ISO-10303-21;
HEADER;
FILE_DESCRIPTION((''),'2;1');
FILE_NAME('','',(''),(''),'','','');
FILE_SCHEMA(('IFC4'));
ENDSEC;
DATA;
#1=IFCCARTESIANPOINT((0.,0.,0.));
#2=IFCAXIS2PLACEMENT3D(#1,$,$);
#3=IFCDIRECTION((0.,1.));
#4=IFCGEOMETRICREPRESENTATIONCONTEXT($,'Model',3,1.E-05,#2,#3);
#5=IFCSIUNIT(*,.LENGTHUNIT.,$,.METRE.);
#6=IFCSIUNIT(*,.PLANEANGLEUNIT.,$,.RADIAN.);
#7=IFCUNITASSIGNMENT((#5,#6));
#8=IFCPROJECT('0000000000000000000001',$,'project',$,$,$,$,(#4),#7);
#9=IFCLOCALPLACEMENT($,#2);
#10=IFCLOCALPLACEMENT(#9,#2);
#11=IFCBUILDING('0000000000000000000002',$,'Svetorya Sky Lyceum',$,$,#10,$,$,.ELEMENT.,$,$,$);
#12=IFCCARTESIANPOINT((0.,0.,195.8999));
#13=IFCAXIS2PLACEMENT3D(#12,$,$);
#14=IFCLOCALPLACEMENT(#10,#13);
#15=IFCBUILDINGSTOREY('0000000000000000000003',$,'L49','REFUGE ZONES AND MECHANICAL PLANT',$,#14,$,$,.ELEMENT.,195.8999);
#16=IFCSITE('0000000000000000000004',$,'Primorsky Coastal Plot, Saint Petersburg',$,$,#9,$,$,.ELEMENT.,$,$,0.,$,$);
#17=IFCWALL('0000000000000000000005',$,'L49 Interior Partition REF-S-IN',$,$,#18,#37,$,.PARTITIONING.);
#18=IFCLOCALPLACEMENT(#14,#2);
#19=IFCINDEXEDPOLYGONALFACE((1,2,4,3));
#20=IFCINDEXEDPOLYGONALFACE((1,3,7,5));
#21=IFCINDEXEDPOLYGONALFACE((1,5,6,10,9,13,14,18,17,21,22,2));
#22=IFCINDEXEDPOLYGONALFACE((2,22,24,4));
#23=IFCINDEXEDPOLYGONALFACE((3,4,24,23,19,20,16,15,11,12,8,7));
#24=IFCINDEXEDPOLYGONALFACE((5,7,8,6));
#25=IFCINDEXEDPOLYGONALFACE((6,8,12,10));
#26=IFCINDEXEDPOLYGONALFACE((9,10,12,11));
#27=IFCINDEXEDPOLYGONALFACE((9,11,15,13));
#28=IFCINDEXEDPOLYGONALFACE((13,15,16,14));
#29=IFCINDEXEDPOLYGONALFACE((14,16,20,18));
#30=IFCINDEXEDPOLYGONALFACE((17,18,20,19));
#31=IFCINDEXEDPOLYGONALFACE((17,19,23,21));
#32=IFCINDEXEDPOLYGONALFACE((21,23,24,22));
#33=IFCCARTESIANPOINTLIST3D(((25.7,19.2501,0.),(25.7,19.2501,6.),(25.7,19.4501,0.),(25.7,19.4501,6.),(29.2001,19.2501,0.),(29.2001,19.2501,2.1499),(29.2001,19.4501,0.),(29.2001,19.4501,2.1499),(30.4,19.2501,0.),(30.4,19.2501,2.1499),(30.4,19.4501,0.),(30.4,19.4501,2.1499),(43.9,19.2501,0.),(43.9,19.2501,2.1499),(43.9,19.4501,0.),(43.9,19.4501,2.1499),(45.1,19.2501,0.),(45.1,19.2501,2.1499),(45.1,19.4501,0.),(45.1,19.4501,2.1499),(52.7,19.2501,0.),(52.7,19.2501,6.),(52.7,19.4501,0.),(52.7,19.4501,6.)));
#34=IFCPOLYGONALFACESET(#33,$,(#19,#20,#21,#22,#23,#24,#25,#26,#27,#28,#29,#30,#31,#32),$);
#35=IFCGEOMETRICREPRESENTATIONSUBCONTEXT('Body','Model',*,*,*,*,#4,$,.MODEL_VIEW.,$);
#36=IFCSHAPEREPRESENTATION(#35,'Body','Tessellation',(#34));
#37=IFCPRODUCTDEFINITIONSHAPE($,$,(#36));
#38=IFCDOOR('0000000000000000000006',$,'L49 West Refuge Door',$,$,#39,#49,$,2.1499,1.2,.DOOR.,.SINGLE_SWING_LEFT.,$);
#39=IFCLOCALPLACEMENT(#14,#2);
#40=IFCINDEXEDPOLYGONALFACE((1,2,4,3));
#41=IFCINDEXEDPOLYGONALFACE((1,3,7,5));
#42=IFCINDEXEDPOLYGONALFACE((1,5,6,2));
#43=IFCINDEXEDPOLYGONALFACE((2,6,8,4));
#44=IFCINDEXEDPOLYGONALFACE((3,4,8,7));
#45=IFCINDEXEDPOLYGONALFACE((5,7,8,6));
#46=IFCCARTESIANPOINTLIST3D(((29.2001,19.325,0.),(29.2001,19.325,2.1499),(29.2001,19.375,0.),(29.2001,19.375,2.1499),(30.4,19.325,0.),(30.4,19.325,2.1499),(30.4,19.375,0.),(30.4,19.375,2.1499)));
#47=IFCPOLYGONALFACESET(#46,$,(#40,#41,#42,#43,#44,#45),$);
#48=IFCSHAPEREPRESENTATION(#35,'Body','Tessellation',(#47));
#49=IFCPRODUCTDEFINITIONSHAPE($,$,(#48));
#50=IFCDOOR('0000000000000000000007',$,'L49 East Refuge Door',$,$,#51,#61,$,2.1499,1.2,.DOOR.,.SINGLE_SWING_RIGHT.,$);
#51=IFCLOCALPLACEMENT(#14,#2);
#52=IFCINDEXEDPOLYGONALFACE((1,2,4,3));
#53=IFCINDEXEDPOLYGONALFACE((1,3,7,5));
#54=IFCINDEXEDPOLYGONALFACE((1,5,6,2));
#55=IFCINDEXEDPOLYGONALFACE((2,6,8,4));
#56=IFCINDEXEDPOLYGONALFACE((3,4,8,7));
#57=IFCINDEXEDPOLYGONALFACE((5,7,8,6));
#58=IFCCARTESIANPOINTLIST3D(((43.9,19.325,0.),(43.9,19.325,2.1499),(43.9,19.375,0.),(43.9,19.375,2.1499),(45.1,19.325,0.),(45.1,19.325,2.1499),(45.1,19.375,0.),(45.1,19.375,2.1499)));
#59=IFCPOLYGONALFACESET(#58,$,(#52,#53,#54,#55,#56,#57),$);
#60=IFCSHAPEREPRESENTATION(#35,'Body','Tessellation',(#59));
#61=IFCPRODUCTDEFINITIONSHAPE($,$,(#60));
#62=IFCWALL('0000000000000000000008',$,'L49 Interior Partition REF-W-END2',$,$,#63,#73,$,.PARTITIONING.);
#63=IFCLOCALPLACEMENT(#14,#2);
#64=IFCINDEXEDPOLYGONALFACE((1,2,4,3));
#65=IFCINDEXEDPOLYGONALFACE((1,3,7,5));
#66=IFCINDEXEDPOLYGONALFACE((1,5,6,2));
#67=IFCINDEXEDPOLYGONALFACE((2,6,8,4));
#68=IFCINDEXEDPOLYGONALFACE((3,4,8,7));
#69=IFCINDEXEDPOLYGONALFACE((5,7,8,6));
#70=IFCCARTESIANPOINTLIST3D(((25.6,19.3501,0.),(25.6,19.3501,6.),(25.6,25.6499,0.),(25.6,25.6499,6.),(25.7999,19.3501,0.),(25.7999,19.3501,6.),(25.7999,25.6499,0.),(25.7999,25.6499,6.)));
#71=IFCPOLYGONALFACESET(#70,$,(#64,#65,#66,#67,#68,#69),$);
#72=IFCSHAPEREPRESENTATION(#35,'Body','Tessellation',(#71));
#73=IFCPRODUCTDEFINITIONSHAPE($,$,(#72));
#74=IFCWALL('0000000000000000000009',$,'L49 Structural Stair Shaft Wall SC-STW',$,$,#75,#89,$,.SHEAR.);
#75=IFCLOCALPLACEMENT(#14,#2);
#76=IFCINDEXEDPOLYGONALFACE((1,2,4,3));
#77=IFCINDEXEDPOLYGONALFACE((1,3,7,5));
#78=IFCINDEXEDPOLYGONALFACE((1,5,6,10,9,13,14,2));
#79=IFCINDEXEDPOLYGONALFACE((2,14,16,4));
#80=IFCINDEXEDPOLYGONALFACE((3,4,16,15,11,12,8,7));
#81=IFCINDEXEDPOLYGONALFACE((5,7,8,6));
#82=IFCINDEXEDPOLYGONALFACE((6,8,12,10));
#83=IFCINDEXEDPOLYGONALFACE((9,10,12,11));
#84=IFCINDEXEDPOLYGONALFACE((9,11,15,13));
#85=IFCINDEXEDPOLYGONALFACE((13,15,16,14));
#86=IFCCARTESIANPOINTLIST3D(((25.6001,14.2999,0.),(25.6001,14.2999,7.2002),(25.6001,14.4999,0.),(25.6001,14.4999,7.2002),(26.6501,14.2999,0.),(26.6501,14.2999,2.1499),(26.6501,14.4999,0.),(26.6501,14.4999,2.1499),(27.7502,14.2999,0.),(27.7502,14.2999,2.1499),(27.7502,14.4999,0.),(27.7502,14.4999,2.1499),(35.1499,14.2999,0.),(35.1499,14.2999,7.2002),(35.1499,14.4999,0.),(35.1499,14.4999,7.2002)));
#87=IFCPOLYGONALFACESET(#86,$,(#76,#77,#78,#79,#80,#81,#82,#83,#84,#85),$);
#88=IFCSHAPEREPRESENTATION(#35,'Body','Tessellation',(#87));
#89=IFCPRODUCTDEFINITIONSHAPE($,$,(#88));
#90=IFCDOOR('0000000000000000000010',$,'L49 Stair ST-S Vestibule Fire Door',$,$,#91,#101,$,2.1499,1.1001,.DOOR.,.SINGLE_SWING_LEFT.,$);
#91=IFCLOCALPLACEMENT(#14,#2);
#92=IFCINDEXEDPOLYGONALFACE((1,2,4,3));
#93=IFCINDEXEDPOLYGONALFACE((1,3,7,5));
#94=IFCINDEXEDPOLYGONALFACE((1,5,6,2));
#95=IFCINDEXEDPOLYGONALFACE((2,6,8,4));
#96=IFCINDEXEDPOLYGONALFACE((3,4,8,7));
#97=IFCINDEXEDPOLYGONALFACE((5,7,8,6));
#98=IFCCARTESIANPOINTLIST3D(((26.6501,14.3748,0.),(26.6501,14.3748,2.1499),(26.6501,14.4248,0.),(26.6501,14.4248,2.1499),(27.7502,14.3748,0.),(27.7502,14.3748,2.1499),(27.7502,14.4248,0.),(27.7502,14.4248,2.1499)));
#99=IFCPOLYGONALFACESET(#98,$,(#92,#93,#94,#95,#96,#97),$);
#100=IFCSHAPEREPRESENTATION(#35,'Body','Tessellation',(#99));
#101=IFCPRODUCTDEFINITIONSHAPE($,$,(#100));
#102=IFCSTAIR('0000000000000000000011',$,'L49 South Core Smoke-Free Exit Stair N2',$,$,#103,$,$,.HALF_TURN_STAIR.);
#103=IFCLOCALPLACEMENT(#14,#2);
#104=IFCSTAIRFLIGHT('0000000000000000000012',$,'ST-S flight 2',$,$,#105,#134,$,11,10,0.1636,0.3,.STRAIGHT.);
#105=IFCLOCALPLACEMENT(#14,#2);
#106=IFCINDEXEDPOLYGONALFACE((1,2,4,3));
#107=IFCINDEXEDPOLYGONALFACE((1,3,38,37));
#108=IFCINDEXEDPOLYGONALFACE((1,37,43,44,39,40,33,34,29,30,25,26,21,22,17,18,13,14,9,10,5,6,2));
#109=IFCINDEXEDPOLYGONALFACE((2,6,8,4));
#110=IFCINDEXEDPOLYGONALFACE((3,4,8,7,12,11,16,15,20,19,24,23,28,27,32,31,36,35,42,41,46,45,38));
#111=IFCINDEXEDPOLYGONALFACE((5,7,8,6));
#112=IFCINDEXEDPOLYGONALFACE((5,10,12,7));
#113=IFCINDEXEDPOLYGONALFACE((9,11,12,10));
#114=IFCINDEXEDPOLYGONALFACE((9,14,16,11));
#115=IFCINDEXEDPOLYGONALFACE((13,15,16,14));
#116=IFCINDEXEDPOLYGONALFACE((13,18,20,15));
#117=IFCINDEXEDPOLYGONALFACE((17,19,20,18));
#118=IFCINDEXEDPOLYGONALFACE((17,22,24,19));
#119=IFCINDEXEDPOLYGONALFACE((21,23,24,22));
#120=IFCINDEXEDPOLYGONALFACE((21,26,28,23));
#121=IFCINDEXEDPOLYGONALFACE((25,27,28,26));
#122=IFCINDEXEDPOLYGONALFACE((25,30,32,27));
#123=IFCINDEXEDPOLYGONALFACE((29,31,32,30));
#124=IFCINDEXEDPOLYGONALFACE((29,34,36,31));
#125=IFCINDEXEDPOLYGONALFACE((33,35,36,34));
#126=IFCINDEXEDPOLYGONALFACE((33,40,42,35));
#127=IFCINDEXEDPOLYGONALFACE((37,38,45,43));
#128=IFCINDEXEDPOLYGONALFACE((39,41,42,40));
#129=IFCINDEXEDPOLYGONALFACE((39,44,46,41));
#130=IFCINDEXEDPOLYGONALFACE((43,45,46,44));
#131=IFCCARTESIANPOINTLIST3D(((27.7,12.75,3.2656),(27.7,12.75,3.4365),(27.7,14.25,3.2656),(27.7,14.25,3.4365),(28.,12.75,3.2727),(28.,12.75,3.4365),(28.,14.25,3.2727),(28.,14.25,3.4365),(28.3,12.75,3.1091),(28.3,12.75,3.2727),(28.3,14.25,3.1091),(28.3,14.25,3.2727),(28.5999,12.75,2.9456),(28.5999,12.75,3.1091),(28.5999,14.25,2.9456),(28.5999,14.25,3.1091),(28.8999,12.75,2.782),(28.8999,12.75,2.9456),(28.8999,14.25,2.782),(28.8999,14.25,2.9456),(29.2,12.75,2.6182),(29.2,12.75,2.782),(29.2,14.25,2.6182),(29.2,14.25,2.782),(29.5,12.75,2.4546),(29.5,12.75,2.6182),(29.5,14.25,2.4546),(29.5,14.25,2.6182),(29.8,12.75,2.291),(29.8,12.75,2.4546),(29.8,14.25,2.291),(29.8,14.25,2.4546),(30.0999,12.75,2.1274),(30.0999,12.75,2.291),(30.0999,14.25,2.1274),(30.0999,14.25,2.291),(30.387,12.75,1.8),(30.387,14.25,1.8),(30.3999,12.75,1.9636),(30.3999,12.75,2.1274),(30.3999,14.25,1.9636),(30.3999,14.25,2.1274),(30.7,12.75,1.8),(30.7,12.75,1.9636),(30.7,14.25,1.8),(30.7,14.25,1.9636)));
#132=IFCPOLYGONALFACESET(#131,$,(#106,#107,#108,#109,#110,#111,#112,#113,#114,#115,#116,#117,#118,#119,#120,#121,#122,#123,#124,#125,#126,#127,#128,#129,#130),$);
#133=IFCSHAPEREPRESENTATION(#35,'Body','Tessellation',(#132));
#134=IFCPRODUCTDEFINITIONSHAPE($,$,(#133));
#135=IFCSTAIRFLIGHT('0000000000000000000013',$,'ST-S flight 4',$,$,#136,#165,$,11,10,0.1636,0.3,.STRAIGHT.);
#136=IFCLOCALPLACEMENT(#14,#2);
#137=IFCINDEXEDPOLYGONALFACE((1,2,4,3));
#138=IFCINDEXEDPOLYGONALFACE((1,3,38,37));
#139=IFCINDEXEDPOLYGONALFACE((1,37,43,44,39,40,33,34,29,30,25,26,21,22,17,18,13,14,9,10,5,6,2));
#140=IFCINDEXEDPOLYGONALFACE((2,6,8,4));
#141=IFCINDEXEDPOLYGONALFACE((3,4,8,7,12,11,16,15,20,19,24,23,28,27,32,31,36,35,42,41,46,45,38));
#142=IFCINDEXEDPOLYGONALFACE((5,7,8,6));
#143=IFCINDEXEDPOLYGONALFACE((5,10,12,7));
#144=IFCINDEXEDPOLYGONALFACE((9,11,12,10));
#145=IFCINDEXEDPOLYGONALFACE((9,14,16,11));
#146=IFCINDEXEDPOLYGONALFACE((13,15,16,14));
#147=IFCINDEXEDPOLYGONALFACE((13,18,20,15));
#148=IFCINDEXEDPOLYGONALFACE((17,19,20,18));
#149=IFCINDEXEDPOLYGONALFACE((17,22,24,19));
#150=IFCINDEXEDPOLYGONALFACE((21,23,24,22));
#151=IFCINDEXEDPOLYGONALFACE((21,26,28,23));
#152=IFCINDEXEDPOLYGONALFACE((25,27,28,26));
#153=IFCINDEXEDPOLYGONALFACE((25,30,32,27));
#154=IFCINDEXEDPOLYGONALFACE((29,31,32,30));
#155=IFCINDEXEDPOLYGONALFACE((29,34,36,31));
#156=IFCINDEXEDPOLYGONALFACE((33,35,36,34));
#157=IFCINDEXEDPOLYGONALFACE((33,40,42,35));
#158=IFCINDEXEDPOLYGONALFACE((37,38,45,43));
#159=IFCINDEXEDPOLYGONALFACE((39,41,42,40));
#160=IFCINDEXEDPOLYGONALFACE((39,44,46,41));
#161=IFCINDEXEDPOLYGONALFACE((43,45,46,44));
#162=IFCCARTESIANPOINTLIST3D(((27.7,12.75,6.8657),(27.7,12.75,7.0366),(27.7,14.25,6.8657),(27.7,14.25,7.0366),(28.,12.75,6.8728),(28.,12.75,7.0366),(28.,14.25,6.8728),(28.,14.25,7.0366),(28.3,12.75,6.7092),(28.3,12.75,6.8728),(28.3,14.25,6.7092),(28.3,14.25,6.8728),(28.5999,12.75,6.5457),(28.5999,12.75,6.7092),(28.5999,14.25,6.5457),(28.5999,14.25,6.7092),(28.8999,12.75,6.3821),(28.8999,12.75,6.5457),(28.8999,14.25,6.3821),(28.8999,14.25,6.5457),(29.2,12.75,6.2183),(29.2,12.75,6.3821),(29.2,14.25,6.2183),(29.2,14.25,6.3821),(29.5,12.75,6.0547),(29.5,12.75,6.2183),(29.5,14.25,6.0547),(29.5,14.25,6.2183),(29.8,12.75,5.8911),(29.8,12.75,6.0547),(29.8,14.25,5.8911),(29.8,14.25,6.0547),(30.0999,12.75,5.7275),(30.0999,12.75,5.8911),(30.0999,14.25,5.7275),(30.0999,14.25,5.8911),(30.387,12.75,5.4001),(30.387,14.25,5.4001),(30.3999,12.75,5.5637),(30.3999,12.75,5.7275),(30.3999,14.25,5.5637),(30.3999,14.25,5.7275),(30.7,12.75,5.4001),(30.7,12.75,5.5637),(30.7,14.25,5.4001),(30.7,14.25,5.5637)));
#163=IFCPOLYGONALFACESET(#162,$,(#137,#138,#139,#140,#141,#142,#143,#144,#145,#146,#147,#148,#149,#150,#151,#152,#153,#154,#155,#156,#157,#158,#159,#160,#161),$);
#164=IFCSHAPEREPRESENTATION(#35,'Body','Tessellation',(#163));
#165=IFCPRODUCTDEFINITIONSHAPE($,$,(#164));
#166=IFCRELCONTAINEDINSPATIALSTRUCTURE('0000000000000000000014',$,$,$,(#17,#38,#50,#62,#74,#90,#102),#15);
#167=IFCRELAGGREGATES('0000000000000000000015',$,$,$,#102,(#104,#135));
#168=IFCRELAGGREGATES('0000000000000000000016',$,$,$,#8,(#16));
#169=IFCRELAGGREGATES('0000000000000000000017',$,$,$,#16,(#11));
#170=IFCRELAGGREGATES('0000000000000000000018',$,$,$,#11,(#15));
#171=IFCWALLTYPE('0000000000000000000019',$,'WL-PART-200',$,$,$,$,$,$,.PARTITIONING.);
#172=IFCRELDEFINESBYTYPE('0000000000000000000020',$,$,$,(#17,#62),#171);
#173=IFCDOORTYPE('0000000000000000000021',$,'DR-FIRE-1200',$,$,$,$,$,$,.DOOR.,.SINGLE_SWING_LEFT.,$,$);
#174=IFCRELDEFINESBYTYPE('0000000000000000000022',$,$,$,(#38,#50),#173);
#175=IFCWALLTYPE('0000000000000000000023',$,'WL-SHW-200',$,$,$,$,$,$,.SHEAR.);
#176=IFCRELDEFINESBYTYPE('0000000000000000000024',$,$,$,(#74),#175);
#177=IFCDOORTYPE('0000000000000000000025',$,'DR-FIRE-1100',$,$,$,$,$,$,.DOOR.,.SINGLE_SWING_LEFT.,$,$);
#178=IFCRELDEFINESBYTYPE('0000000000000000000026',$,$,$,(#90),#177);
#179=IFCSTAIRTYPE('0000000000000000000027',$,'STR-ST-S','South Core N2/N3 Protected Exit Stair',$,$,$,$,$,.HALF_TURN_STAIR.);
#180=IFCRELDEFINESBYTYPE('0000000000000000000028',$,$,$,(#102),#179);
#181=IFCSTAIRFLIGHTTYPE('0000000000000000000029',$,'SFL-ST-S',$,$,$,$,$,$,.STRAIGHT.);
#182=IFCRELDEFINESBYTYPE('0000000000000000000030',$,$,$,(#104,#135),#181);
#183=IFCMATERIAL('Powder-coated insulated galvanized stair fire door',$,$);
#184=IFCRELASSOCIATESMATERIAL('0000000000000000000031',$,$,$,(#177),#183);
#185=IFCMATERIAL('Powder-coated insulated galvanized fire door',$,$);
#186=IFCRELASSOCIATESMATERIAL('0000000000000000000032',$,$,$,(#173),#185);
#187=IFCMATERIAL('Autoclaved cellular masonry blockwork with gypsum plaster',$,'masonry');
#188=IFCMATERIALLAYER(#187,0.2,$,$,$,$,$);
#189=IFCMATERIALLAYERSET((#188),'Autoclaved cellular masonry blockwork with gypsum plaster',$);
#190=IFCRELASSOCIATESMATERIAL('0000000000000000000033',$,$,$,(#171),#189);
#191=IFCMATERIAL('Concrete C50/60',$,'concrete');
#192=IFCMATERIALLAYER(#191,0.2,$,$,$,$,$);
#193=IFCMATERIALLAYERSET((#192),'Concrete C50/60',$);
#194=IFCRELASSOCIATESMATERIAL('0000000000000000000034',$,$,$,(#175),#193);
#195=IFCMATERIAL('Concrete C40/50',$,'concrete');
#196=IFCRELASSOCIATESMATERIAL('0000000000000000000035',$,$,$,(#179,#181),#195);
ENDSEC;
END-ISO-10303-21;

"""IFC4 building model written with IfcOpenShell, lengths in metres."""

from ifc_helpers import new_model, si_unit, direction, frame, frame_2d, origin, place, context, subcontext, project, spatial, polyline, rectangle, outline, extrude, material, layer, layer_set, type_object, element, fill, aggregate, save


model = new_model("IFC4")

# Units and contexts
model_context = context("Model", 3, precision=1e-05, world=origin(), true_north=direction((0.0, 1.0)))
body_context = subcontext(model_context, "Body", "Model", "MODEL_VIEW")
ifc_project = project(units=[si_unit("LENGTHUNIT", "METRE"), si_unit("PLANEANGLEUNIT", "RADIAN")], contexts=[model_context])

# Site, building, storey
site_placement = place(None, origin())
site = spatial("IfcSite", under=ifc_project, at=site_placement, Name="Primorsky Coastal Plot, Saint Petersburg", CompositionType="ELEMENT", RefElevation=0.0)
building_placement = place(site_placement, origin())
building = spatial("IfcBuilding", under=site, at=building_placement, Name="Svetorya Sky Lyceum", CompositionType="ELEMENT")
storey_placement = place(building_placement, frame((0.0, 0.0, 195.8999)))
storey = spatial("IfcBuildingStorey", under=building, at=storey_placement, Name="L49", Description="REFUGE ZONES AND MECHANICAL PLANT", CompositionType="ELEMENT", Elevation=195.8999)

# Shared definitions
ifc_material_1 = material(Name="Concrete C50/60", Category="concrete")

# Shared definitions
ifc_material_2 = material(Name="Powder-coated insulated galvanized stair fire door")
door_type_1 = type_object("IfcDoorType", Name="DR-FIRE-1100", OperationType="SINGLE_SWING_LEFT", PredefinedType="DOOR", material=ifc_material_2)
ifc_material_3 = material(Name="Powder-coated insulated galvanized fire door")
door_type_2 = type_object("IfcDoorType", Name="DR-FIRE-1200", OperationType="SINGLE_SWING_LEFT", PredefinedType="DOOR", material=ifc_material_3)

# Wall, openings, doors
ifc_material_4 = material(Name="Autoclaved cellular masonry blockwork with gypsum plaster", Category="masonry")
ifc_layer_1 = layer(ifc_material_4, 0.2)
ifc_layer_set_1 = layer_set([ifc_layer_1], Name="Autoclaved cellular masonry blockwork with gypsum plaster")
wall_type_1 = type_object("IfcWallType", Name="WL-PART-200", PredefinedType="PARTITIONING", material=ifc_layer_set_1)
wall_1_placement = place(storey_placement, frame((25.7, 19.3501, 0.0), z_axis=(0.0, 0.0, 1.0), x_axis=(1.0, 0.0, 0.0)))
wall_1 = element("IfcWall", 1, at=wall_1_placement, inside=storey, type_object=wall_type_1, Name="L49 Interior Partition REF-S-IN", PredefinedType="PARTITIONING", context=body_context, shape_type="SweptSolid", body=[
    extrude(rectangle(XDim=27.0, YDim=0.2, at=frame_2d((13.5, 0.0))), origin(), (0.0, 0.0, 1.0), 6.0),
])
opening_1_placement = place(wall_1_placement, frame((3.5, 0.0, 0.0)))
opening_1 = element("IfcOpeningElement", 2, at=opening_1_placement, cuts=wall_1, PredefinedType="OPENING", context=body_context, shape_type="SweptSolid", body=[
    extrude(rectangle(XDim=1.2, YDim=2.1499, at=frame_2d((0.6001, 1.075))), frame((0.0, 0.1099, 0.0), z_axis=(0.0, -1.0, 0.0), x_axis=(1.0, 0.0, 0.0)), (0.0, 0.0, 1.0), 0.22),
])
opening_2_placement = place(wall_1_placement, frame((18.2, 0.0, 0.0)))
opening_2 = element("IfcOpeningElement", 3, at=opening_2_placement, cuts=wall_1, PredefinedType="OPENING", context=body_context, shape_type="SweptSolid", body=[
    extrude(rectangle(XDim=1.2, YDim=2.1499, at=frame_2d((0.6001, 1.075))), frame((0.0, 0.1099, 0.0), z_axis=(0.0, -1.0, 0.0), x_axis=(1.0, 0.0, 0.0)), (0.0, 0.0, 1.0), 0.22),
])
door_1_placement = place(opening_1_placement, origin())
door_1 = element("IfcDoor", 4, at=door_1_placement, inside=storey, type_object=door_type_2, Name="L49 West Refuge Door", OperationType="SINGLE_SWING_LEFT", OverallHeight=2.1499, OverallWidth=1.2, PredefinedType="DOOR", context=body_context, shape_type="SweptSolid", body=[
    extrude(rectangle(XDim=1.2, YDim=2.1499, at=frame_2d((0.6001, 1.075))), frame((0.0, 0.0249, 0.0), z_axis=(0.0, -1.0, 0.0), x_axis=(1.0, 0.0, 0.0)), (0.0, 0.0, 1.0), 0.05),
])
fill(opening_1, door_1)
door_2_placement = place(opening_2_placement, origin())
door_2 = element("IfcDoor", 5, at=door_2_placement, inside=storey, type_object=door_type_2, Name="L49 East Refuge Door", OperationType="SINGLE_SWING_RIGHT", OverallHeight=2.1499, OverallWidth=1.2, PredefinedType="DOOR", context=body_context, shape_type="SweptSolid", body=[
    extrude(rectangle(XDim=1.2, YDim=2.1499, at=frame_2d((0.6001, 1.075))), frame((0.0, 0.0249, 0.0), z_axis=(0.0, -1.0, 0.0), x_axis=(1.0, 0.0, 0.0)), (0.0, 0.0, 1.0), 0.05),
])
fill(opening_2, door_2)

# Wall
wall_2_placement = place(storey_placement, frame((25.7, 19.3501, 0.0), z_axis=(0.0, 0.0, 1.0), x_axis=(0.0, 1.0, 0.0)))
element("IfcWall", 6, at=wall_2_placement, inside=storey, type_object=wall_type_1, Name="L49 Interior Partition REF-W-END2", PredefinedType="PARTITIONING", context=body_context, shape_type="SweptSolid", body=[
    extrude(rectangle(XDim=6.2998, YDim=0.2, at=frame_2d((3.1499, 0.0))), origin(), (0.0, 0.0, 1.0), 6.0),
])

# Wall, opening, door
ifc_layer_2 = layer(ifc_material_1, 0.2)
ifc_layer_set_2 = layer_set([ifc_layer_2], Name="Concrete C50/60")
wall_type_2 = type_object("IfcWallType", Name="WL-SHW-200", PredefinedType="SHEAR", material=ifc_layer_set_2)
wall_3_placement = place(storey_placement, frame((25.6001, 14.3999, 0.0), z_axis=(0.0, 0.0, 1.0), x_axis=(1.0, 0.0, 0.0)))
wall_3 = element("IfcWall", 7, at=wall_3_placement, inside=storey, type_object=wall_type_2, Name="L49 Structural Stair Shaft Wall SC-STW", PredefinedType="SHEAR", context=body_context, shape_type="SweptSolid", body=[
    extrude(rectangle(XDim=9.5498, YDim=0.2, at=frame_2d((4.7749, 0.0))), origin(), (0.0, 0.0, 1.0), 7.2002),
])
opening_3_placement = place(wall_3_placement, frame((1.05, 0.0, 0.0)))
opening_3 = element("IfcOpeningElement", 8, at=opening_3_placement, cuts=wall_3, PredefinedType="OPENING", context=body_context, shape_type="SweptSolid", body=[
    extrude(rectangle(XDim=1.1001, YDim=2.1499, at=frame_2d((0.55, 1.075))), frame((0.0, 0.1099, 0.0), z_axis=(0.0, -1.0, 0.0), x_axis=(1.0, 0.0, 0.0)), (0.0, 0.0, 1.0), 0.22),
])
door_3_placement = place(opening_3_placement, origin())
door_3 = element("IfcDoor", 9, at=door_3_placement, inside=storey, type_object=door_type_1, Name="L49 Stair ST-S Vestibule Fire Door", OperationType="SINGLE_SWING_LEFT", OverallHeight=2.1499, OverallWidth=1.1001, PredefinedType="DOOR", context=body_context, shape_type="SweptSolid", body=[
    extrude(rectangle(XDim=1.1001, YDim=2.1499, at=frame_2d((0.55, 1.075))), frame((0.0, 0.0249, 0.0), z_axis=(0.0, -1.0, 0.0), x_axis=(1.0, 0.0, 0.0)), (0.0, 0.0, 1.0), 0.05),
])
fill(opening_3, door_3)

# Stair, stair flights
ifc_material_5 = material(Name="Concrete C40/50", Category="concrete")
stair_type = type_object("IfcStairType", Name="STR-ST-S", Description="South Core N2/N3 Protected Exit Stair", PredefinedType="HALF_TURN_STAIR", material=ifc_material_5)
stair_placement = place(storey_placement, origin())
stair = element("IfcStair", 10, at=stair_placement, inside=storey, type_object=stair_type, Name="L49 South Core Smoke-Free Exit Stair N2", PredefinedType="HALF_TURN_STAIR")
stair_flight_type = type_object("IfcStairFlightType", Name="SFL-ST-S", PredefinedType="STRAIGHT", material=ifc_material_5)
stair_flight_1_placement = place(storey_placement, frame((30.7, 13.5, 1.8), z_axis=(0.0, 0.0, 1.0), x_axis=(-1.0, 0.0, 0.0)))
stair_flight_1 = element("IfcStairFlight", 11, at=stair_flight_1_placement, type_object=stair_flight_type, Name="ST-S flight 2", NumberOfRisers=11, NumberOfTreads=10, PredefinedType="STRAIGHT", RiserHeight=0.1636, TreadLength=0.3, context=body_context, shape_type="SweptSolid", body=[
    extrude(outline(polyline([(0.0, 0.0), (0.0, 0.1636), (0.3, 0.1636), (0.3, 0.3274), (0.6001, 0.3274), (0.6001, 0.491), (0.8999, 0.491), (0.8999, 0.6545), (1.2, 0.6545), (1.2, 0.8181), (1.5, 0.8181), (1.5, 0.9819), (1.8, 0.9819), (1.8, 1.1455), (2.1001, 1.1455), (2.1001, 1.3091), (2.3999, 1.3091), (2.3999, 1.4727), (2.7, 1.4727), (2.7, 1.6365), (3.0, 1.6365), (3.0, 1.8), (3.0, 1.4656), (0.313, 0.0), (0.0, 0.0)])), frame((0.0, 0.75, 0.0), z_axis=(0.0, -1.0, 0.0), x_axis=(1.0, 0.0, 0.0)), (0.0, 0.0, 1.0), 1.5),
])
stair_flight_2_placement = place(storey_placement, frame((30.7, 13.5, 5.4001), z_axis=(0.0, 0.0, 1.0), x_axis=(-1.0, 0.0, 0.0)))
stair_flight_2 = element("IfcStairFlight", 12, at=stair_flight_2_placement, type_object=stair_flight_type, Name="ST-S flight 4", NumberOfRisers=11, NumberOfTreads=10, PredefinedType="STRAIGHT", RiserHeight=0.1636, TreadLength=0.3, context=body_context, shape_type="SweptSolid", body=[
    extrude(outline(polyline([(0.0, 0.0), (0.0, 0.1636), (0.3, 0.1636), (0.3, 0.3274), (0.6001, 0.3274), (0.6001, 0.491), (0.8999, 0.491), (0.8999, 0.6545), (1.2, 0.6545), (1.2, 0.8181), (1.5, 0.8181), (1.5, 0.9819), (1.8, 0.9819), (1.8, 1.1455), (2.1001, 1.1455), (2.1001, 1.3091), (2.3999, 1.3091), (2.3999, 1.4727), (2.7, 1.4727), (2.7, 1.6365), (3.0, 1.6365), (3.0, 1.8), (3.0, 1.4656), (0.313, 0.0), (0.0, 0.0)])), frame((0.0, 0.75, 0.0), z_axis=(0.0, -1.0, 0.0), x_axis=(1.0, 0.0, 0.0)), (0.0, 0.0, 1.0), 1.5),
])
aggregate(stair, [stair_flight_1, stair_flight_2])

save(model, "model.ifc")
